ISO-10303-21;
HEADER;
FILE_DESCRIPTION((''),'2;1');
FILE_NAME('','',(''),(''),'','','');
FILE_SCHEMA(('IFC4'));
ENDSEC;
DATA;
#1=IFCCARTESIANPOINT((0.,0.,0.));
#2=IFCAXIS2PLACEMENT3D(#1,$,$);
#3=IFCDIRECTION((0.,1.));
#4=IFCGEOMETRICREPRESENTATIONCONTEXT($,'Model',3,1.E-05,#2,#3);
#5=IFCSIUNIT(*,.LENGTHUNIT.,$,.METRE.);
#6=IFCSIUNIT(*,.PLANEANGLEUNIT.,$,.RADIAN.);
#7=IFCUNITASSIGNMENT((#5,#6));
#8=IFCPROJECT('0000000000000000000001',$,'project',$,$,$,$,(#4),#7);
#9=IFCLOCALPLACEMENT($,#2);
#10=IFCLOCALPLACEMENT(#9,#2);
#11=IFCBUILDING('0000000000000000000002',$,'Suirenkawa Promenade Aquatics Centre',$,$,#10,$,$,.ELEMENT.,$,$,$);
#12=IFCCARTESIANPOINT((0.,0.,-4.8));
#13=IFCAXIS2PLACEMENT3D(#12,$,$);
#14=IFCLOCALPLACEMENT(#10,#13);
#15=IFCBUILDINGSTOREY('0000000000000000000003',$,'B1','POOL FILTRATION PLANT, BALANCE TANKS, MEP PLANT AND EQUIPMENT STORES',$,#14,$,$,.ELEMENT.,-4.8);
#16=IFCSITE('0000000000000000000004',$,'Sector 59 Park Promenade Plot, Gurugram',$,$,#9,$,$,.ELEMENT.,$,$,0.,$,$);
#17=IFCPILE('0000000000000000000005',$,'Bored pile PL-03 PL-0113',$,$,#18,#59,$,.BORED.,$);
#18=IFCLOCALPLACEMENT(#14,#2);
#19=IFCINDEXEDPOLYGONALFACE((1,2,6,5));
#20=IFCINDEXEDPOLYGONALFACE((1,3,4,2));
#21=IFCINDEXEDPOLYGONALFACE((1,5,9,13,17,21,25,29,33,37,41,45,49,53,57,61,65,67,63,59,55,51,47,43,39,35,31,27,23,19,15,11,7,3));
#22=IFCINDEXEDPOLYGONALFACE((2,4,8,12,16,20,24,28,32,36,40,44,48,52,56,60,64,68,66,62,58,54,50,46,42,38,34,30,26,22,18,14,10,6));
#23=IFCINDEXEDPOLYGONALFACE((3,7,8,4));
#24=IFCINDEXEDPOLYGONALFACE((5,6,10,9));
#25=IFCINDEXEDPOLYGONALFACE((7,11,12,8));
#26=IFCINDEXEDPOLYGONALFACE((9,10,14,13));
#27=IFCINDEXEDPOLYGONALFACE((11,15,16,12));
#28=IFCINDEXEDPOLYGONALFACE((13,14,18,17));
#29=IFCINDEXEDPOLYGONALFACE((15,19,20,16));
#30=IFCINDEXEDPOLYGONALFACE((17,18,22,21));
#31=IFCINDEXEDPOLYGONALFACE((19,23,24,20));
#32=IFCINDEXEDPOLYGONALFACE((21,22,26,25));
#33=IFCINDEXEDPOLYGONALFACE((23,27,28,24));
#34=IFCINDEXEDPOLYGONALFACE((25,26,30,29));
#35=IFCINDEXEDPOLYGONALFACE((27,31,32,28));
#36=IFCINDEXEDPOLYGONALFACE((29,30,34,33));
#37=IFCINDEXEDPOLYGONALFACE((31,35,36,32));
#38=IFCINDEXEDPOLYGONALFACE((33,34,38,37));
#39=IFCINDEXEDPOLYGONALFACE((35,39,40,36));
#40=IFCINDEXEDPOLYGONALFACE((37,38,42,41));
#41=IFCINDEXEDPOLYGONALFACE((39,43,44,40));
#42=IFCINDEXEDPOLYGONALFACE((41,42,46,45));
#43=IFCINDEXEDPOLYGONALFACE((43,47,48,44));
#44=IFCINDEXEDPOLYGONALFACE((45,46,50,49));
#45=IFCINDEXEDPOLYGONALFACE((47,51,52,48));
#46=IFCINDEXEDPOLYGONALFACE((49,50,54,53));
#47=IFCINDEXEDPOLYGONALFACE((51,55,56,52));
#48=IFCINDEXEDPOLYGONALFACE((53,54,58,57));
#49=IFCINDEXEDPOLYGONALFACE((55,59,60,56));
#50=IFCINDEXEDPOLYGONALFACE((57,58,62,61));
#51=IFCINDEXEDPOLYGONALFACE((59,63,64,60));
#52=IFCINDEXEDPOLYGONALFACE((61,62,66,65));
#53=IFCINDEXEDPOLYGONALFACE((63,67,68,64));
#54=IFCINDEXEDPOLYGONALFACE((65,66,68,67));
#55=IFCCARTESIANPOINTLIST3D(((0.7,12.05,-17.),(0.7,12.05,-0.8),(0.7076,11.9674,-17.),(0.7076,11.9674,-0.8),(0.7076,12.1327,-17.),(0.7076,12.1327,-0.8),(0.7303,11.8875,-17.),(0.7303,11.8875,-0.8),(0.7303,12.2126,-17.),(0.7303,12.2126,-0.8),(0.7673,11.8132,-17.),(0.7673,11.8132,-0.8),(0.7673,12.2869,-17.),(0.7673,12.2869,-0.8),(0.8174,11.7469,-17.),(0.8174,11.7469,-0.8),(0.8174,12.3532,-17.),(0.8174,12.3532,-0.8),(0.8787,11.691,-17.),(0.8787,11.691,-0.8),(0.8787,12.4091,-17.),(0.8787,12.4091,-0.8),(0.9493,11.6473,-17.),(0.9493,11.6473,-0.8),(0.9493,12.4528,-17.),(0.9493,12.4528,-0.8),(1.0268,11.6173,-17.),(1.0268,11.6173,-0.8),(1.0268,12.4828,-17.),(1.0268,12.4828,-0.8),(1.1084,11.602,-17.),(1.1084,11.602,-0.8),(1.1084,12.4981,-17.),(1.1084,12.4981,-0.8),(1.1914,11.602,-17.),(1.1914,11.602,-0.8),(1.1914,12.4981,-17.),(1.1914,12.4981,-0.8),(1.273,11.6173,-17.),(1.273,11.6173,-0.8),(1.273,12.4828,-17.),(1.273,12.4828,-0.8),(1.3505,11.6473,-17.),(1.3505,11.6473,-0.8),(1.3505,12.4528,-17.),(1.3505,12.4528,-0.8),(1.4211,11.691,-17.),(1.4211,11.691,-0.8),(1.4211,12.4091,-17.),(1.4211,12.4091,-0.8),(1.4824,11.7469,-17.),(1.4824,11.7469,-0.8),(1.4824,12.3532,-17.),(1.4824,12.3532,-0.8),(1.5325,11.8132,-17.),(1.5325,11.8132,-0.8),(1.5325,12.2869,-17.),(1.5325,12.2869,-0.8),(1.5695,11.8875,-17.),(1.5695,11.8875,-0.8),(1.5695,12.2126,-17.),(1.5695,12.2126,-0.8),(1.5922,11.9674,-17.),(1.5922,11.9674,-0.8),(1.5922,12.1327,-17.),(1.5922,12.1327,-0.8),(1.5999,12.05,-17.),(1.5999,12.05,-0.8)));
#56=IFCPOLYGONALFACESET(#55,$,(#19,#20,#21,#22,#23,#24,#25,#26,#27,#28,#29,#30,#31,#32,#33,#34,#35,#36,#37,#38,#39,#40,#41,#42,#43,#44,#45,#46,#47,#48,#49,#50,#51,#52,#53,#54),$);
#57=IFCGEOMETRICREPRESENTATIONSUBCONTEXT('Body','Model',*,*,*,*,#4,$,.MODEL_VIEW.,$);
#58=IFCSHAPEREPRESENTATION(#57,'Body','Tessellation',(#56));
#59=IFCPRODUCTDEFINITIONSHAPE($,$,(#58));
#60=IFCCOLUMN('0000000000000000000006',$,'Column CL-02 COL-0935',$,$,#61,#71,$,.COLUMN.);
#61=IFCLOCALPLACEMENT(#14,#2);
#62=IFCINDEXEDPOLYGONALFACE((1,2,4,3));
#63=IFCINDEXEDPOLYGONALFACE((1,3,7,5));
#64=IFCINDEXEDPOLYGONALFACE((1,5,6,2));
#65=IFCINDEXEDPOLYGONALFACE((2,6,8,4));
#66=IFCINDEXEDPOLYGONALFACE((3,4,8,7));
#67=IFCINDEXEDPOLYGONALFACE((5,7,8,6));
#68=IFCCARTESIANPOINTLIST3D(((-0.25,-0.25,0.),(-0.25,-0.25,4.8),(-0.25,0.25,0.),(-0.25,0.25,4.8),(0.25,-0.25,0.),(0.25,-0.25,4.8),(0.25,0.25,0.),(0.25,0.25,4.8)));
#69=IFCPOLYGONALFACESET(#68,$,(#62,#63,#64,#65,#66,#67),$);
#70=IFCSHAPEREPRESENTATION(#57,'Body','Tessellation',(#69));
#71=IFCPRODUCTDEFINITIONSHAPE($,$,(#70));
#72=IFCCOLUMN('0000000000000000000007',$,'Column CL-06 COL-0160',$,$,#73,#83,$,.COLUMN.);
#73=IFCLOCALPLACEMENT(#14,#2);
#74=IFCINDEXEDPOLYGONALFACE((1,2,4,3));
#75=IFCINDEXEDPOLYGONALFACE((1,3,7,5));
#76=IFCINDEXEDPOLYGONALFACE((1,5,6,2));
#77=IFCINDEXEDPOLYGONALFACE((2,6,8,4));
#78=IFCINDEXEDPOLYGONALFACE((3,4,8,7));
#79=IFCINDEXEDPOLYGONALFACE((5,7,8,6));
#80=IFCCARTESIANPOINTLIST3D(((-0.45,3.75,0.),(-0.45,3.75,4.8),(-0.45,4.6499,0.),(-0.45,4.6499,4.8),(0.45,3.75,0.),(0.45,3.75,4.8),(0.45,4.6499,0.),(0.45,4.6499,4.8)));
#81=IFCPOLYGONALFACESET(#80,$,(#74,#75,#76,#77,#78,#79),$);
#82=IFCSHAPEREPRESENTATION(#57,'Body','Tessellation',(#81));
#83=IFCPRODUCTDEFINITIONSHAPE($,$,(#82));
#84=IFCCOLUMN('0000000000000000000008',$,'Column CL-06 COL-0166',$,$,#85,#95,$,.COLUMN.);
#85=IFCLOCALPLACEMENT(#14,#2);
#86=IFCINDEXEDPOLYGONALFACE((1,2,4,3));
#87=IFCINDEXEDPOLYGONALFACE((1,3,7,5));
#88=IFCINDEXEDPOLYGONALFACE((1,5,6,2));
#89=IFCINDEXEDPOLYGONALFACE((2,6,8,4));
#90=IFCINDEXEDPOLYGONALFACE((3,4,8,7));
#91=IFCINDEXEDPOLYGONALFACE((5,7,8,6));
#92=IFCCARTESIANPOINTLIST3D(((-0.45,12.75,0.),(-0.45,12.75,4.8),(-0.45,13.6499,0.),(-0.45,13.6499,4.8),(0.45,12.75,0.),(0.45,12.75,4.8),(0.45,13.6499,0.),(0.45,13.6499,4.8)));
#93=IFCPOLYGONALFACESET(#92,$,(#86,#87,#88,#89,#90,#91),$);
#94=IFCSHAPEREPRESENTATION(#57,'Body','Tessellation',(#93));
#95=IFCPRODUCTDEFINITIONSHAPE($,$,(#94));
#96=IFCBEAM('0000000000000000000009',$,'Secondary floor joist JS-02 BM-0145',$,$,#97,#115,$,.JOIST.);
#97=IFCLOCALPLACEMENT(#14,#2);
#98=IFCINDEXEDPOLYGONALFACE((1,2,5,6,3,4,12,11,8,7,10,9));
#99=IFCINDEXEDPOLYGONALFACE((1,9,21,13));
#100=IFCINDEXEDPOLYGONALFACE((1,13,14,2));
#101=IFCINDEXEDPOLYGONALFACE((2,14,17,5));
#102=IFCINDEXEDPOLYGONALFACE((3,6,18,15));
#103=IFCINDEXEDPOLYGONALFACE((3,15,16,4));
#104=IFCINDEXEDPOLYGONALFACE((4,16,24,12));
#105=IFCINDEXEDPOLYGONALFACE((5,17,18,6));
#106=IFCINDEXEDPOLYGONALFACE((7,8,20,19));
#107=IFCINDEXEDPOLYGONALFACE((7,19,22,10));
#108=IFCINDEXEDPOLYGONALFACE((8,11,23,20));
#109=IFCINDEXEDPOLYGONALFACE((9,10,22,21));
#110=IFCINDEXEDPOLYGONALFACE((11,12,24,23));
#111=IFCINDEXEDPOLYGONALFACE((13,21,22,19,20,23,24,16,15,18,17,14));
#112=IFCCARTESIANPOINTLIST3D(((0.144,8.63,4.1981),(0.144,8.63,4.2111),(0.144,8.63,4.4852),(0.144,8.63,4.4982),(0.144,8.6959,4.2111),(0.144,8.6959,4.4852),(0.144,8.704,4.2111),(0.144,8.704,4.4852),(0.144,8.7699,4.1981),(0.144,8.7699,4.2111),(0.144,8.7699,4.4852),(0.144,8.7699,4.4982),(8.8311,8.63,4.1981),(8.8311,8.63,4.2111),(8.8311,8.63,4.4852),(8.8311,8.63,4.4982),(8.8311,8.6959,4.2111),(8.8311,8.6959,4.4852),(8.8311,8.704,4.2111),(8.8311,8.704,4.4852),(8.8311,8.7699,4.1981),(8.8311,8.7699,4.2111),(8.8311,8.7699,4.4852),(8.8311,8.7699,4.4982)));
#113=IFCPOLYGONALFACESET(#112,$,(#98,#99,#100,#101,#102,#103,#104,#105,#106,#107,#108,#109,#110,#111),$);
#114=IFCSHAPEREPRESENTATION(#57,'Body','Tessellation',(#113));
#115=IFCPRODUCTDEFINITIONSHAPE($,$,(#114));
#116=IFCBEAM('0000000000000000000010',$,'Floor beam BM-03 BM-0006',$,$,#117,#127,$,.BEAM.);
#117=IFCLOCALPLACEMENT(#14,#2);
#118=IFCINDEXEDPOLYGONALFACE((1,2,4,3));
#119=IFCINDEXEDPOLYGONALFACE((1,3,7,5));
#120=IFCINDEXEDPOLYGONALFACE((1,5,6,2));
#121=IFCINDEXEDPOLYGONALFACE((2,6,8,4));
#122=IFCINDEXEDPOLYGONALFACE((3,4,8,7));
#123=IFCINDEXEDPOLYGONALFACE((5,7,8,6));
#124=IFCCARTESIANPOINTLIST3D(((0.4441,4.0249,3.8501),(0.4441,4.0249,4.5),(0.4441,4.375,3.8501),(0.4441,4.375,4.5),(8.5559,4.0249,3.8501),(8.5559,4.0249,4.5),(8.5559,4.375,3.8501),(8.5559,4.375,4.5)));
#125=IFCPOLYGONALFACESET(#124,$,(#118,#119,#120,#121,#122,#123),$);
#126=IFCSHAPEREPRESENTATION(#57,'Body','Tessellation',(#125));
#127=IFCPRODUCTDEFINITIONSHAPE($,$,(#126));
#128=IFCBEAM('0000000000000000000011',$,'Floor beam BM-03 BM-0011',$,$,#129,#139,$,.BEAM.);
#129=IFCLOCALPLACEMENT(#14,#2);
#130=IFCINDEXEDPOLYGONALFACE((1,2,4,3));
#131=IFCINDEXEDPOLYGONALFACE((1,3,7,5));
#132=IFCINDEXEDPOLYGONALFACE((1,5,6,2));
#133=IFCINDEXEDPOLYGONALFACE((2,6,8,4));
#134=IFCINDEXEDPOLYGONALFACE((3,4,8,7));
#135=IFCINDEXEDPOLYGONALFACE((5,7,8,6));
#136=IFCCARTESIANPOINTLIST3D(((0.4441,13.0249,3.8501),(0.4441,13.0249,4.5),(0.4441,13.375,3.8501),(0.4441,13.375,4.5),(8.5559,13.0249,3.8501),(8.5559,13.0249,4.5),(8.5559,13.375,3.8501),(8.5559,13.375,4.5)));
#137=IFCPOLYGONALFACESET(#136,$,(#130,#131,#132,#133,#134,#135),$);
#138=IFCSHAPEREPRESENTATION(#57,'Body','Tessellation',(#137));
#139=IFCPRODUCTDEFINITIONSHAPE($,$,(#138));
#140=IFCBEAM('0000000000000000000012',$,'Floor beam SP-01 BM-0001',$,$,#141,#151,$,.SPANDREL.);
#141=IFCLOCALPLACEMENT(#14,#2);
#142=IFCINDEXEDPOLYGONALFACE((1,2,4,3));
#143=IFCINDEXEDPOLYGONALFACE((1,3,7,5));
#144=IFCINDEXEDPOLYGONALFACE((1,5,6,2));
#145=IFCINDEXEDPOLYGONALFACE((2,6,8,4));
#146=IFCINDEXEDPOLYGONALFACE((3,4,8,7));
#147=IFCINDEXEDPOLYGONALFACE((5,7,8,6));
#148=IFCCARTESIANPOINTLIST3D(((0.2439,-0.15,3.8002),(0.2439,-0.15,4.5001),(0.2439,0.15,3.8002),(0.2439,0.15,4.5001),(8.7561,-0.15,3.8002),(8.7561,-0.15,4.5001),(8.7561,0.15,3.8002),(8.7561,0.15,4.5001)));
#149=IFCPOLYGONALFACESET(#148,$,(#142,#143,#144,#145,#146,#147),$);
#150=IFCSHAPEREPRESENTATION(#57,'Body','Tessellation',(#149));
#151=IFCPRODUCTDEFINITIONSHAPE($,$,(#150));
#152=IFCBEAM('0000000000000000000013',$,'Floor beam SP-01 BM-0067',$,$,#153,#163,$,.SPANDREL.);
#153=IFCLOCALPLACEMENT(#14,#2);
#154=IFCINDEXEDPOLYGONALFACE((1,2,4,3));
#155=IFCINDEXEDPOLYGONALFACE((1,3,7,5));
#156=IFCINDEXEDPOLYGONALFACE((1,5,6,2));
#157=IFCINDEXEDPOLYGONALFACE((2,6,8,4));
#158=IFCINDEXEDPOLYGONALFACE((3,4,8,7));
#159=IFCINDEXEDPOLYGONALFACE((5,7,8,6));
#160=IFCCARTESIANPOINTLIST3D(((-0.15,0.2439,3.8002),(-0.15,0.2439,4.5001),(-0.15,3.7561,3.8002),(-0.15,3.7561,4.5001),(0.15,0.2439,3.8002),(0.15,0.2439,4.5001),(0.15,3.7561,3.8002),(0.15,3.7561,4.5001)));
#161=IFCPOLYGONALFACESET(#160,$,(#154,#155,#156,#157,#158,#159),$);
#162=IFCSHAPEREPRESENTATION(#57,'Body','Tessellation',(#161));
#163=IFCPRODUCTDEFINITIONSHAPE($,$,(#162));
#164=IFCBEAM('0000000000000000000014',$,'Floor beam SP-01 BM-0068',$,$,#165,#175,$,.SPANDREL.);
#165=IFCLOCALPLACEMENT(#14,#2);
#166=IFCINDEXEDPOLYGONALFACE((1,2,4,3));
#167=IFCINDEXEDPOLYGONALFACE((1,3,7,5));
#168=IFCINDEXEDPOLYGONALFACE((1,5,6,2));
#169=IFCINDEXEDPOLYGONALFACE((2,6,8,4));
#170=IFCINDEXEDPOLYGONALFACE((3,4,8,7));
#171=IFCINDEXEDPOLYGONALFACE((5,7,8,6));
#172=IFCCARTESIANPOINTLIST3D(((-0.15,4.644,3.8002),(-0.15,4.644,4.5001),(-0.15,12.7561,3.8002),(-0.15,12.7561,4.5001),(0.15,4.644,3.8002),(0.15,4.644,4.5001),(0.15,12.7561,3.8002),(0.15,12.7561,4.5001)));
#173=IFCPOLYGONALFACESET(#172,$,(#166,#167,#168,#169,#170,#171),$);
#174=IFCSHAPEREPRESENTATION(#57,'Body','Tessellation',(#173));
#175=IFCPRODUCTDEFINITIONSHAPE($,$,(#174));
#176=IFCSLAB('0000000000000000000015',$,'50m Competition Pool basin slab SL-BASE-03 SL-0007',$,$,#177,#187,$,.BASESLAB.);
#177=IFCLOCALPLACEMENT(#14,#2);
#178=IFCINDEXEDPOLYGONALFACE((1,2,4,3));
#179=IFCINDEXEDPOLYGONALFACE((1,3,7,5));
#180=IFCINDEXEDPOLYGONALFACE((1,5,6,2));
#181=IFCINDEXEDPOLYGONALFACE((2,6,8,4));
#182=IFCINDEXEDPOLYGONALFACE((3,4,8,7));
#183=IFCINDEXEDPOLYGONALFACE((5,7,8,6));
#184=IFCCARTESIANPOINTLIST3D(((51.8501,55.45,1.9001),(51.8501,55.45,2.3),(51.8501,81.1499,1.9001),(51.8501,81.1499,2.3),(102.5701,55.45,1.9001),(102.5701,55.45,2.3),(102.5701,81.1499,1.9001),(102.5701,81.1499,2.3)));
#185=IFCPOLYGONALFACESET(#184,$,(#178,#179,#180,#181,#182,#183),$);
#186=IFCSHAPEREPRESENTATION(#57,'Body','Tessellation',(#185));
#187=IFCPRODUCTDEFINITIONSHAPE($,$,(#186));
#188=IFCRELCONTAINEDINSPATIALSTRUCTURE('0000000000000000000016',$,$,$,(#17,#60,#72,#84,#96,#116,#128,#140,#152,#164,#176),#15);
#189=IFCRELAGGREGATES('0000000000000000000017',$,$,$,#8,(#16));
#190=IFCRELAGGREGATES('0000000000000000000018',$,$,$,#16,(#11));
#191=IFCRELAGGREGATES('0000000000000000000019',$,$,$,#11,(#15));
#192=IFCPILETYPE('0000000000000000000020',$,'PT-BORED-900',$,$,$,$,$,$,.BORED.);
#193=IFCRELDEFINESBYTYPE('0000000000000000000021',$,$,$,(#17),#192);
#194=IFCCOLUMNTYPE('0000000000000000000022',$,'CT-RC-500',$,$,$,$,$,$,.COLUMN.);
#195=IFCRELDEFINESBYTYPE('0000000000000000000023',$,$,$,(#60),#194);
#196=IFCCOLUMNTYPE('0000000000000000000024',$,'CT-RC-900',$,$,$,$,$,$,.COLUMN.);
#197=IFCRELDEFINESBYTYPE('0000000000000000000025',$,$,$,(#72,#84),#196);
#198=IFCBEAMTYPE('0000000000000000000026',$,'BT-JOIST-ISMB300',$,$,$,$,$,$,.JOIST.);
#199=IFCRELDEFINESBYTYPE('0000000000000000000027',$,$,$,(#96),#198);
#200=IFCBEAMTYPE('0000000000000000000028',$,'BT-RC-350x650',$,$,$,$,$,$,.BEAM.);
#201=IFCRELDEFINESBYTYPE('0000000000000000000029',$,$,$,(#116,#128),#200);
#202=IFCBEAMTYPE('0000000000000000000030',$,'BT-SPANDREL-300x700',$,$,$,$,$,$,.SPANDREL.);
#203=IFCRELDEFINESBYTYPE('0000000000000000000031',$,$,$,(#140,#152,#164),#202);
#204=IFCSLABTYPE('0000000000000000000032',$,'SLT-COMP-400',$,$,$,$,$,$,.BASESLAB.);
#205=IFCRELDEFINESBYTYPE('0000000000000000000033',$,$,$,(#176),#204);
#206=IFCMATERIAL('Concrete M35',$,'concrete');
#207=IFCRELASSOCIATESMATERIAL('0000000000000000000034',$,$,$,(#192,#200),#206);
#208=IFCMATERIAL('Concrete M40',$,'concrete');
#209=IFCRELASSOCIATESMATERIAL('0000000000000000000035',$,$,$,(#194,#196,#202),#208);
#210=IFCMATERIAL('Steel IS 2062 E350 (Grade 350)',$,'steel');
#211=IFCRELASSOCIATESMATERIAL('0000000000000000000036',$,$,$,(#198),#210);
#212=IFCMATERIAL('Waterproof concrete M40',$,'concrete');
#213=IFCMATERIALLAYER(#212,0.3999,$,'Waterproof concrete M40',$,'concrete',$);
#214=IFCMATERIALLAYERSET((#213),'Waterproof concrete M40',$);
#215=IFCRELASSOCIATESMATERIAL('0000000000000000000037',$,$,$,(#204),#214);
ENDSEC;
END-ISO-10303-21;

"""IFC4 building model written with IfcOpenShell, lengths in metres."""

from ifc_helpers import new_model, si_unit, direction, frame, origin, origin_with_axes, origin_2d, place, context, subcontext, project, spatial, polyline, rectangle, circle, i_section, outline, extrude, material, layer, layer_set, material_profile, profile_set, type_object, element, save


model = new_model("IFC4")

# Units and contexts
model_context = context("Model", 3, precision=1e-05, world=origin(), true_north=direction((0.0, 1.0)))
body_context = subcontext(model_context, "Body", "Model", "MODEL_VIEW")
ifc_project = project(units=[si_unit("LENGTHUNIT", "METRE"), si_unit("PLANEANGLEUNIT", "RADIAN")], contexts=[model_context])

# Site, building, storey
site_placement = place(None, origin())
site = spatial("IfcSite", under=ifc_project, at=site_placement, Name="Sector 59 Park Promenade Plot, Gurugram", CompositionType="ELEMENT", RefElevation=0.0)
building_placement = place(site_placement, origin())
building = spatial("IfcBuilding", under=site, at=building_placement, Name="Suirenkawa Promenade Aquatics Centre", CompositionType="ELEMENT")
storey_placement = place(building_placement, frame((0.0, 0.0, -4.8)))
storey = spatial("IfcBuildingStorey", under=building, at=storey_placement, Name="B1", Description="POOL FILTRATION PLANT, BALANCE TANKS, MEP PLANT AND EQUIPMENT STORES", CompositionType="ELEMENT", Elevation=-4.8)

# Shared definitions
ifc_material_1 = material(Name="Concrete M35", Category="concrete")

# Pile
ifc_material_profile_1 = material_profile(ifc_material_1, circle(Radius=0.45, at=origin_2d()), Name="PILE D900", Category="concrete")
ifc_profile_set_1 = profile_set([ifc_material_profile_1], Name="Concrete M35")
pile_type = type_object("IfcPileType", Name="PT-BORED-900", PredefinedType="BORED", material=ifc_profile_set_1)
for number, where, z_axis, x_axis, name in (
    (1, (1.1499, 12.05, -0.8), (0.0, 0.0, -1.0), (1.0, 0.0, 0.0), "Bored pile PL-03 PL-0113"),
):
    element("IfcPile", number, at=place(storey_placement, frame(where, z_axis=z_axis, x_axis=x_axis)), inside=storey, type_object=pile_type, Name=name, PredefinedType="BORED", context=body_context, shape_type="SweptSolid", body=[
        extrude(circle(Radius=0.45, at=origin_2d()), origin(), (0.0, 0.0, 1.0), 16.2),
    ])

# Columns
ifc_material_2 = material(Name="Concrete M40", Category="concrete")
ifc_material_profile_2 = material_profile(ifc_material_2, rectangle(XDim=0.5, YDim=0.5, at=origin_2d()), Name="RC COL 500x500", Category="concrete")
ifc_profile_set_2 = profile_set([ifc_material_profile_2], Name="Concrete M40")
column_type_1 = type_object("IfcColumnType", Name="CT-RC-500", PredefinedType="COLUMN", material=ifc_profile_set_2)
column_placement = place(storey_placement, origin_with_axes())
element("IfcColumn", 2, at=column_placement, inside=storey, type_object=column_type_1, Name="Column CL-02 COL-0935", PredefinedType="COLUMN", context=body_context, shape_type="SweptSolid", body=[
    extrude(rectangle(XDim=0.5, YDim=0.5, at=origin_2d()), origin(), (0.0, 0.0, 1.0), 4.8),
])
ifc_material_profile_3 = material_profile(ifc_material_2, rectangle(XDim=0.8999, YDim=0.8999, at=origin_2d()), Name="RC COL 900x900", Category="concrete")
ifc_profile_set_3 = profile_set([ifc_material_profile_3], Name="Concrete M40")
column_type_2 = type_object("IfcColumnType", Name="CT-RC-900", PredefinedType="COLUMN", material=ifc_profile_set_3)
for number, where, z_axis, x_axis, name in (
    (3, (0.0, 4.2, 0.0), (0.0, 0.0, 1.0), (1.0, 0.0, 0.0), "Column CL-06 COL-0160"),
    (4, (0.0, 13.2, 0.0), (0.0, 0.0, 1.0), (1.0, 0.0, 0.0), "Column CL-06 COL-0166"),
):
    element("IfcColumn", number, at=place(storey_placement, frame(where, z_axis=z_axis, x_axis=x_axis)), inside=storey, type_object=column_type_2, Name=name, PredefinedType="COLUMN", context=body_context, shape_type="SweptSolid", body=[
        extrude(rectangle(XDim=0.8999, YDim=0.8999, at=origin_2d()), origin(), (0.0, 0.0, 1.0), 4.8),
    ])

# Beams
ifc_material_3 = material(Name="Steel IS 2062 E350 (Grade 350)", Category="steel")
ifc_material_profile_4 = material_profile(ifc_material_3, i_section(OverallWidth=0.1399, OverallDepth=0.3, WebThickness=0.0081, FlangeThickness=0.0129, at=origin_2d()), Name="ISMB 300", Category="steel")
ifc_profile_set_4 = profile_set([ifc_material_profile_4], Name="Steel IS 2062 E350 (Grade 350)")
beam_type_1 = type_object("IfcBeamType", Name="BT-JOIST-ISMB300", PredefinedType="JOIST", material=ifc_profile_set_4)
beam_1_placement = place(storey_placement, frame((0.144, 8.7, 4.3481), z_axis=(1.0, 0.0, 0.0), x_axis=(0.0, 1.0, 0.0)))
element("IfcBeam", 5, at=beam_1_placement, inside=storey, type_object=beam_type_1, Name="Secondary floor joist JS-02 BM-0145", PredefinedType="JOIST", context=body_context, shape_type="SweptSolid", body=[
    extrude(i_section(OverallWidth=0.1399, OverallDepth=0.3, WebThickness=0.0081, FlangeThickness=0.0129, at=origin_2d()), origin(), (0.0, 0.0, 1.0), 8.687),
])
ifc_material_profile_5 = material_profile(ifc_material_1, rectangle(XDim=0.3501, YDim=0.6499, at=origin_2d()), Name="RC BM 350x650", Category="concrete")
ifc_profile_set_5 = profile_set([ifc_material_profile_5], Name="Concrete M35")
beam_type_2 = type_object("IfcBeamType", Name="BT-RC-350x650", PredefinedType="BEAM", material=ifc_profile_set_5)
for number, where, z_axis, x_axis, name in (
    (6, (0.4441, 4.2, 4.175), (1.0, 0.0, 0.0), (0.0, 1.0, 0.0), "Floor beam BM-03 BM-0006"),
    (7, (0.4441, 13.2, 4.175), (1.0, 0.0, 0.0), (0.0, 1.0, 0.0), "Floor beam BM-03 BM-0011"),
):
    element("IfcBeam", number, at=place(storey_placement, frame(where, z_axis=z_axis, x_axis=x_axis)), inside=storey, type_object=beam_type_2, Name=name, PredefinedType="BEAM", context=body_context, shape_type="SweptSolid", body=[
        extrude(rectangle(XDim=0.3501, YDim=0.6499, at=origin_2d()), origin(), (0.0, 0.0, 1.0), 8.1118),
    ])
ifc_material_profile_6 = material_profile(ifc_material_2, rectangle(XDim=0.3, YDim=0.7, at=origin_2d()), Name="RC SPANDREL 300x700", Category="concrete")
ifc_profile_set_6 = profile_set([ifc_material_profile_6], Name="Concrete M40")
beam_type_3 = type_object("IfcBeamType", Name="BT-SPANDREL-300x700", PredefinedType="SPANDREL", material=ifc_profile_set_6)
beam_2_placement = place(storey_placement, frame((0.2439, 0.0, 4.1501), z_axis=(1.0, 0.0, 0.0), x_axis=(0.0, 1.0, 0.0)))
element("IfcBeam", 8, at=beam_2_placement, inside=storey, type_object=beam_type_3, Name="Floor beam SP-01 BM-0001", PredefinedType="SPANDREL", context=body_context, shape_type="SweptSolid", body=[
    extrude(rectangle(XDim=0.3, YDim=0.7, at=origin_2d()), origin(), (0.0, 0.0, 1.0), 8.5122),
])
beam_3_placement = place(storey_placement, frame((0.0, 0.2439, 4.1501), z_axis=(0.0, 1.0, 0.0), x_axis=(-1.0, 0.0, 0.0)))
element("IfcBeam", 9, at=beam_3_placement, inside=storey, type_object=beam_type_3, Name="Floor beam SP-01 BM-0067", PredefinedType="SPANDREL", context=body_context, shape_type="SweptSolid", body=[
    extrude(rectangle(XDim=0.3, YDim=0.7, at=origin_2d()), origin(), (0.0, 0.0, 1.0), 3.5122),
])
beam_4_placement = place(storey_placement, frame((0.0, 4.644, 4.1501), z_axis=(0.0, 1.0, 0.0), x_axis=(-1.0, 0.0, 0.0)))
element("IfcBeam", 10, at=beam_4_placement, inside=storey, type_object=beam_type_3, Name="Floor beam SP-01 BM-0068", PredefinedType="SPANDREL", context=body_context, shape_type="SweptSolid", body=[
    extrude(rectangle(XDim=0.3, YDim=0.7, at=origin_2d()), origin(), (0.0, 0.0, 1.0), 8.1121),
])

# Slab
ifc_material_4 = material(Name="Waterproof concrete M40", Category="concrete")
ifc_layer_1 = layer(ifc_material_4, 0.3999, Name="Waterproof concrete M40", Category="concrete")
ifc_layer_set_1 = layer_set([ifc_layer_1], Name="Waterproof concrete M40")
slab_type_1 = type_object("IfcSlabType", Name="SLT-COMP-400", PredefinedType="BASESLAB", material=ifc_layer_set_1)
slab_1_placement = place(storey_placement, frame((0.0, 0.0, 1.9001)))
element("IfcSlab", 11, at=slab_1_placement, inside=storey, type_object=slab_type_1, Name="50m Competition Pool basin slab SL-BASE-03 SL-0007", PredefinedType="BASESLAB", context=body_context, shape_type="SweptSolid", body=[
    extrude(outline(polyline([(51.8501, 55.45), (102.5701, 55.45), (102.5701, 81.1499), (51.8501, 81.1499), (51.8501, 55.45)])), origin(), (0.0, 0.0, 1.0), 0.3999),
])

save(model, "model.ifc")
